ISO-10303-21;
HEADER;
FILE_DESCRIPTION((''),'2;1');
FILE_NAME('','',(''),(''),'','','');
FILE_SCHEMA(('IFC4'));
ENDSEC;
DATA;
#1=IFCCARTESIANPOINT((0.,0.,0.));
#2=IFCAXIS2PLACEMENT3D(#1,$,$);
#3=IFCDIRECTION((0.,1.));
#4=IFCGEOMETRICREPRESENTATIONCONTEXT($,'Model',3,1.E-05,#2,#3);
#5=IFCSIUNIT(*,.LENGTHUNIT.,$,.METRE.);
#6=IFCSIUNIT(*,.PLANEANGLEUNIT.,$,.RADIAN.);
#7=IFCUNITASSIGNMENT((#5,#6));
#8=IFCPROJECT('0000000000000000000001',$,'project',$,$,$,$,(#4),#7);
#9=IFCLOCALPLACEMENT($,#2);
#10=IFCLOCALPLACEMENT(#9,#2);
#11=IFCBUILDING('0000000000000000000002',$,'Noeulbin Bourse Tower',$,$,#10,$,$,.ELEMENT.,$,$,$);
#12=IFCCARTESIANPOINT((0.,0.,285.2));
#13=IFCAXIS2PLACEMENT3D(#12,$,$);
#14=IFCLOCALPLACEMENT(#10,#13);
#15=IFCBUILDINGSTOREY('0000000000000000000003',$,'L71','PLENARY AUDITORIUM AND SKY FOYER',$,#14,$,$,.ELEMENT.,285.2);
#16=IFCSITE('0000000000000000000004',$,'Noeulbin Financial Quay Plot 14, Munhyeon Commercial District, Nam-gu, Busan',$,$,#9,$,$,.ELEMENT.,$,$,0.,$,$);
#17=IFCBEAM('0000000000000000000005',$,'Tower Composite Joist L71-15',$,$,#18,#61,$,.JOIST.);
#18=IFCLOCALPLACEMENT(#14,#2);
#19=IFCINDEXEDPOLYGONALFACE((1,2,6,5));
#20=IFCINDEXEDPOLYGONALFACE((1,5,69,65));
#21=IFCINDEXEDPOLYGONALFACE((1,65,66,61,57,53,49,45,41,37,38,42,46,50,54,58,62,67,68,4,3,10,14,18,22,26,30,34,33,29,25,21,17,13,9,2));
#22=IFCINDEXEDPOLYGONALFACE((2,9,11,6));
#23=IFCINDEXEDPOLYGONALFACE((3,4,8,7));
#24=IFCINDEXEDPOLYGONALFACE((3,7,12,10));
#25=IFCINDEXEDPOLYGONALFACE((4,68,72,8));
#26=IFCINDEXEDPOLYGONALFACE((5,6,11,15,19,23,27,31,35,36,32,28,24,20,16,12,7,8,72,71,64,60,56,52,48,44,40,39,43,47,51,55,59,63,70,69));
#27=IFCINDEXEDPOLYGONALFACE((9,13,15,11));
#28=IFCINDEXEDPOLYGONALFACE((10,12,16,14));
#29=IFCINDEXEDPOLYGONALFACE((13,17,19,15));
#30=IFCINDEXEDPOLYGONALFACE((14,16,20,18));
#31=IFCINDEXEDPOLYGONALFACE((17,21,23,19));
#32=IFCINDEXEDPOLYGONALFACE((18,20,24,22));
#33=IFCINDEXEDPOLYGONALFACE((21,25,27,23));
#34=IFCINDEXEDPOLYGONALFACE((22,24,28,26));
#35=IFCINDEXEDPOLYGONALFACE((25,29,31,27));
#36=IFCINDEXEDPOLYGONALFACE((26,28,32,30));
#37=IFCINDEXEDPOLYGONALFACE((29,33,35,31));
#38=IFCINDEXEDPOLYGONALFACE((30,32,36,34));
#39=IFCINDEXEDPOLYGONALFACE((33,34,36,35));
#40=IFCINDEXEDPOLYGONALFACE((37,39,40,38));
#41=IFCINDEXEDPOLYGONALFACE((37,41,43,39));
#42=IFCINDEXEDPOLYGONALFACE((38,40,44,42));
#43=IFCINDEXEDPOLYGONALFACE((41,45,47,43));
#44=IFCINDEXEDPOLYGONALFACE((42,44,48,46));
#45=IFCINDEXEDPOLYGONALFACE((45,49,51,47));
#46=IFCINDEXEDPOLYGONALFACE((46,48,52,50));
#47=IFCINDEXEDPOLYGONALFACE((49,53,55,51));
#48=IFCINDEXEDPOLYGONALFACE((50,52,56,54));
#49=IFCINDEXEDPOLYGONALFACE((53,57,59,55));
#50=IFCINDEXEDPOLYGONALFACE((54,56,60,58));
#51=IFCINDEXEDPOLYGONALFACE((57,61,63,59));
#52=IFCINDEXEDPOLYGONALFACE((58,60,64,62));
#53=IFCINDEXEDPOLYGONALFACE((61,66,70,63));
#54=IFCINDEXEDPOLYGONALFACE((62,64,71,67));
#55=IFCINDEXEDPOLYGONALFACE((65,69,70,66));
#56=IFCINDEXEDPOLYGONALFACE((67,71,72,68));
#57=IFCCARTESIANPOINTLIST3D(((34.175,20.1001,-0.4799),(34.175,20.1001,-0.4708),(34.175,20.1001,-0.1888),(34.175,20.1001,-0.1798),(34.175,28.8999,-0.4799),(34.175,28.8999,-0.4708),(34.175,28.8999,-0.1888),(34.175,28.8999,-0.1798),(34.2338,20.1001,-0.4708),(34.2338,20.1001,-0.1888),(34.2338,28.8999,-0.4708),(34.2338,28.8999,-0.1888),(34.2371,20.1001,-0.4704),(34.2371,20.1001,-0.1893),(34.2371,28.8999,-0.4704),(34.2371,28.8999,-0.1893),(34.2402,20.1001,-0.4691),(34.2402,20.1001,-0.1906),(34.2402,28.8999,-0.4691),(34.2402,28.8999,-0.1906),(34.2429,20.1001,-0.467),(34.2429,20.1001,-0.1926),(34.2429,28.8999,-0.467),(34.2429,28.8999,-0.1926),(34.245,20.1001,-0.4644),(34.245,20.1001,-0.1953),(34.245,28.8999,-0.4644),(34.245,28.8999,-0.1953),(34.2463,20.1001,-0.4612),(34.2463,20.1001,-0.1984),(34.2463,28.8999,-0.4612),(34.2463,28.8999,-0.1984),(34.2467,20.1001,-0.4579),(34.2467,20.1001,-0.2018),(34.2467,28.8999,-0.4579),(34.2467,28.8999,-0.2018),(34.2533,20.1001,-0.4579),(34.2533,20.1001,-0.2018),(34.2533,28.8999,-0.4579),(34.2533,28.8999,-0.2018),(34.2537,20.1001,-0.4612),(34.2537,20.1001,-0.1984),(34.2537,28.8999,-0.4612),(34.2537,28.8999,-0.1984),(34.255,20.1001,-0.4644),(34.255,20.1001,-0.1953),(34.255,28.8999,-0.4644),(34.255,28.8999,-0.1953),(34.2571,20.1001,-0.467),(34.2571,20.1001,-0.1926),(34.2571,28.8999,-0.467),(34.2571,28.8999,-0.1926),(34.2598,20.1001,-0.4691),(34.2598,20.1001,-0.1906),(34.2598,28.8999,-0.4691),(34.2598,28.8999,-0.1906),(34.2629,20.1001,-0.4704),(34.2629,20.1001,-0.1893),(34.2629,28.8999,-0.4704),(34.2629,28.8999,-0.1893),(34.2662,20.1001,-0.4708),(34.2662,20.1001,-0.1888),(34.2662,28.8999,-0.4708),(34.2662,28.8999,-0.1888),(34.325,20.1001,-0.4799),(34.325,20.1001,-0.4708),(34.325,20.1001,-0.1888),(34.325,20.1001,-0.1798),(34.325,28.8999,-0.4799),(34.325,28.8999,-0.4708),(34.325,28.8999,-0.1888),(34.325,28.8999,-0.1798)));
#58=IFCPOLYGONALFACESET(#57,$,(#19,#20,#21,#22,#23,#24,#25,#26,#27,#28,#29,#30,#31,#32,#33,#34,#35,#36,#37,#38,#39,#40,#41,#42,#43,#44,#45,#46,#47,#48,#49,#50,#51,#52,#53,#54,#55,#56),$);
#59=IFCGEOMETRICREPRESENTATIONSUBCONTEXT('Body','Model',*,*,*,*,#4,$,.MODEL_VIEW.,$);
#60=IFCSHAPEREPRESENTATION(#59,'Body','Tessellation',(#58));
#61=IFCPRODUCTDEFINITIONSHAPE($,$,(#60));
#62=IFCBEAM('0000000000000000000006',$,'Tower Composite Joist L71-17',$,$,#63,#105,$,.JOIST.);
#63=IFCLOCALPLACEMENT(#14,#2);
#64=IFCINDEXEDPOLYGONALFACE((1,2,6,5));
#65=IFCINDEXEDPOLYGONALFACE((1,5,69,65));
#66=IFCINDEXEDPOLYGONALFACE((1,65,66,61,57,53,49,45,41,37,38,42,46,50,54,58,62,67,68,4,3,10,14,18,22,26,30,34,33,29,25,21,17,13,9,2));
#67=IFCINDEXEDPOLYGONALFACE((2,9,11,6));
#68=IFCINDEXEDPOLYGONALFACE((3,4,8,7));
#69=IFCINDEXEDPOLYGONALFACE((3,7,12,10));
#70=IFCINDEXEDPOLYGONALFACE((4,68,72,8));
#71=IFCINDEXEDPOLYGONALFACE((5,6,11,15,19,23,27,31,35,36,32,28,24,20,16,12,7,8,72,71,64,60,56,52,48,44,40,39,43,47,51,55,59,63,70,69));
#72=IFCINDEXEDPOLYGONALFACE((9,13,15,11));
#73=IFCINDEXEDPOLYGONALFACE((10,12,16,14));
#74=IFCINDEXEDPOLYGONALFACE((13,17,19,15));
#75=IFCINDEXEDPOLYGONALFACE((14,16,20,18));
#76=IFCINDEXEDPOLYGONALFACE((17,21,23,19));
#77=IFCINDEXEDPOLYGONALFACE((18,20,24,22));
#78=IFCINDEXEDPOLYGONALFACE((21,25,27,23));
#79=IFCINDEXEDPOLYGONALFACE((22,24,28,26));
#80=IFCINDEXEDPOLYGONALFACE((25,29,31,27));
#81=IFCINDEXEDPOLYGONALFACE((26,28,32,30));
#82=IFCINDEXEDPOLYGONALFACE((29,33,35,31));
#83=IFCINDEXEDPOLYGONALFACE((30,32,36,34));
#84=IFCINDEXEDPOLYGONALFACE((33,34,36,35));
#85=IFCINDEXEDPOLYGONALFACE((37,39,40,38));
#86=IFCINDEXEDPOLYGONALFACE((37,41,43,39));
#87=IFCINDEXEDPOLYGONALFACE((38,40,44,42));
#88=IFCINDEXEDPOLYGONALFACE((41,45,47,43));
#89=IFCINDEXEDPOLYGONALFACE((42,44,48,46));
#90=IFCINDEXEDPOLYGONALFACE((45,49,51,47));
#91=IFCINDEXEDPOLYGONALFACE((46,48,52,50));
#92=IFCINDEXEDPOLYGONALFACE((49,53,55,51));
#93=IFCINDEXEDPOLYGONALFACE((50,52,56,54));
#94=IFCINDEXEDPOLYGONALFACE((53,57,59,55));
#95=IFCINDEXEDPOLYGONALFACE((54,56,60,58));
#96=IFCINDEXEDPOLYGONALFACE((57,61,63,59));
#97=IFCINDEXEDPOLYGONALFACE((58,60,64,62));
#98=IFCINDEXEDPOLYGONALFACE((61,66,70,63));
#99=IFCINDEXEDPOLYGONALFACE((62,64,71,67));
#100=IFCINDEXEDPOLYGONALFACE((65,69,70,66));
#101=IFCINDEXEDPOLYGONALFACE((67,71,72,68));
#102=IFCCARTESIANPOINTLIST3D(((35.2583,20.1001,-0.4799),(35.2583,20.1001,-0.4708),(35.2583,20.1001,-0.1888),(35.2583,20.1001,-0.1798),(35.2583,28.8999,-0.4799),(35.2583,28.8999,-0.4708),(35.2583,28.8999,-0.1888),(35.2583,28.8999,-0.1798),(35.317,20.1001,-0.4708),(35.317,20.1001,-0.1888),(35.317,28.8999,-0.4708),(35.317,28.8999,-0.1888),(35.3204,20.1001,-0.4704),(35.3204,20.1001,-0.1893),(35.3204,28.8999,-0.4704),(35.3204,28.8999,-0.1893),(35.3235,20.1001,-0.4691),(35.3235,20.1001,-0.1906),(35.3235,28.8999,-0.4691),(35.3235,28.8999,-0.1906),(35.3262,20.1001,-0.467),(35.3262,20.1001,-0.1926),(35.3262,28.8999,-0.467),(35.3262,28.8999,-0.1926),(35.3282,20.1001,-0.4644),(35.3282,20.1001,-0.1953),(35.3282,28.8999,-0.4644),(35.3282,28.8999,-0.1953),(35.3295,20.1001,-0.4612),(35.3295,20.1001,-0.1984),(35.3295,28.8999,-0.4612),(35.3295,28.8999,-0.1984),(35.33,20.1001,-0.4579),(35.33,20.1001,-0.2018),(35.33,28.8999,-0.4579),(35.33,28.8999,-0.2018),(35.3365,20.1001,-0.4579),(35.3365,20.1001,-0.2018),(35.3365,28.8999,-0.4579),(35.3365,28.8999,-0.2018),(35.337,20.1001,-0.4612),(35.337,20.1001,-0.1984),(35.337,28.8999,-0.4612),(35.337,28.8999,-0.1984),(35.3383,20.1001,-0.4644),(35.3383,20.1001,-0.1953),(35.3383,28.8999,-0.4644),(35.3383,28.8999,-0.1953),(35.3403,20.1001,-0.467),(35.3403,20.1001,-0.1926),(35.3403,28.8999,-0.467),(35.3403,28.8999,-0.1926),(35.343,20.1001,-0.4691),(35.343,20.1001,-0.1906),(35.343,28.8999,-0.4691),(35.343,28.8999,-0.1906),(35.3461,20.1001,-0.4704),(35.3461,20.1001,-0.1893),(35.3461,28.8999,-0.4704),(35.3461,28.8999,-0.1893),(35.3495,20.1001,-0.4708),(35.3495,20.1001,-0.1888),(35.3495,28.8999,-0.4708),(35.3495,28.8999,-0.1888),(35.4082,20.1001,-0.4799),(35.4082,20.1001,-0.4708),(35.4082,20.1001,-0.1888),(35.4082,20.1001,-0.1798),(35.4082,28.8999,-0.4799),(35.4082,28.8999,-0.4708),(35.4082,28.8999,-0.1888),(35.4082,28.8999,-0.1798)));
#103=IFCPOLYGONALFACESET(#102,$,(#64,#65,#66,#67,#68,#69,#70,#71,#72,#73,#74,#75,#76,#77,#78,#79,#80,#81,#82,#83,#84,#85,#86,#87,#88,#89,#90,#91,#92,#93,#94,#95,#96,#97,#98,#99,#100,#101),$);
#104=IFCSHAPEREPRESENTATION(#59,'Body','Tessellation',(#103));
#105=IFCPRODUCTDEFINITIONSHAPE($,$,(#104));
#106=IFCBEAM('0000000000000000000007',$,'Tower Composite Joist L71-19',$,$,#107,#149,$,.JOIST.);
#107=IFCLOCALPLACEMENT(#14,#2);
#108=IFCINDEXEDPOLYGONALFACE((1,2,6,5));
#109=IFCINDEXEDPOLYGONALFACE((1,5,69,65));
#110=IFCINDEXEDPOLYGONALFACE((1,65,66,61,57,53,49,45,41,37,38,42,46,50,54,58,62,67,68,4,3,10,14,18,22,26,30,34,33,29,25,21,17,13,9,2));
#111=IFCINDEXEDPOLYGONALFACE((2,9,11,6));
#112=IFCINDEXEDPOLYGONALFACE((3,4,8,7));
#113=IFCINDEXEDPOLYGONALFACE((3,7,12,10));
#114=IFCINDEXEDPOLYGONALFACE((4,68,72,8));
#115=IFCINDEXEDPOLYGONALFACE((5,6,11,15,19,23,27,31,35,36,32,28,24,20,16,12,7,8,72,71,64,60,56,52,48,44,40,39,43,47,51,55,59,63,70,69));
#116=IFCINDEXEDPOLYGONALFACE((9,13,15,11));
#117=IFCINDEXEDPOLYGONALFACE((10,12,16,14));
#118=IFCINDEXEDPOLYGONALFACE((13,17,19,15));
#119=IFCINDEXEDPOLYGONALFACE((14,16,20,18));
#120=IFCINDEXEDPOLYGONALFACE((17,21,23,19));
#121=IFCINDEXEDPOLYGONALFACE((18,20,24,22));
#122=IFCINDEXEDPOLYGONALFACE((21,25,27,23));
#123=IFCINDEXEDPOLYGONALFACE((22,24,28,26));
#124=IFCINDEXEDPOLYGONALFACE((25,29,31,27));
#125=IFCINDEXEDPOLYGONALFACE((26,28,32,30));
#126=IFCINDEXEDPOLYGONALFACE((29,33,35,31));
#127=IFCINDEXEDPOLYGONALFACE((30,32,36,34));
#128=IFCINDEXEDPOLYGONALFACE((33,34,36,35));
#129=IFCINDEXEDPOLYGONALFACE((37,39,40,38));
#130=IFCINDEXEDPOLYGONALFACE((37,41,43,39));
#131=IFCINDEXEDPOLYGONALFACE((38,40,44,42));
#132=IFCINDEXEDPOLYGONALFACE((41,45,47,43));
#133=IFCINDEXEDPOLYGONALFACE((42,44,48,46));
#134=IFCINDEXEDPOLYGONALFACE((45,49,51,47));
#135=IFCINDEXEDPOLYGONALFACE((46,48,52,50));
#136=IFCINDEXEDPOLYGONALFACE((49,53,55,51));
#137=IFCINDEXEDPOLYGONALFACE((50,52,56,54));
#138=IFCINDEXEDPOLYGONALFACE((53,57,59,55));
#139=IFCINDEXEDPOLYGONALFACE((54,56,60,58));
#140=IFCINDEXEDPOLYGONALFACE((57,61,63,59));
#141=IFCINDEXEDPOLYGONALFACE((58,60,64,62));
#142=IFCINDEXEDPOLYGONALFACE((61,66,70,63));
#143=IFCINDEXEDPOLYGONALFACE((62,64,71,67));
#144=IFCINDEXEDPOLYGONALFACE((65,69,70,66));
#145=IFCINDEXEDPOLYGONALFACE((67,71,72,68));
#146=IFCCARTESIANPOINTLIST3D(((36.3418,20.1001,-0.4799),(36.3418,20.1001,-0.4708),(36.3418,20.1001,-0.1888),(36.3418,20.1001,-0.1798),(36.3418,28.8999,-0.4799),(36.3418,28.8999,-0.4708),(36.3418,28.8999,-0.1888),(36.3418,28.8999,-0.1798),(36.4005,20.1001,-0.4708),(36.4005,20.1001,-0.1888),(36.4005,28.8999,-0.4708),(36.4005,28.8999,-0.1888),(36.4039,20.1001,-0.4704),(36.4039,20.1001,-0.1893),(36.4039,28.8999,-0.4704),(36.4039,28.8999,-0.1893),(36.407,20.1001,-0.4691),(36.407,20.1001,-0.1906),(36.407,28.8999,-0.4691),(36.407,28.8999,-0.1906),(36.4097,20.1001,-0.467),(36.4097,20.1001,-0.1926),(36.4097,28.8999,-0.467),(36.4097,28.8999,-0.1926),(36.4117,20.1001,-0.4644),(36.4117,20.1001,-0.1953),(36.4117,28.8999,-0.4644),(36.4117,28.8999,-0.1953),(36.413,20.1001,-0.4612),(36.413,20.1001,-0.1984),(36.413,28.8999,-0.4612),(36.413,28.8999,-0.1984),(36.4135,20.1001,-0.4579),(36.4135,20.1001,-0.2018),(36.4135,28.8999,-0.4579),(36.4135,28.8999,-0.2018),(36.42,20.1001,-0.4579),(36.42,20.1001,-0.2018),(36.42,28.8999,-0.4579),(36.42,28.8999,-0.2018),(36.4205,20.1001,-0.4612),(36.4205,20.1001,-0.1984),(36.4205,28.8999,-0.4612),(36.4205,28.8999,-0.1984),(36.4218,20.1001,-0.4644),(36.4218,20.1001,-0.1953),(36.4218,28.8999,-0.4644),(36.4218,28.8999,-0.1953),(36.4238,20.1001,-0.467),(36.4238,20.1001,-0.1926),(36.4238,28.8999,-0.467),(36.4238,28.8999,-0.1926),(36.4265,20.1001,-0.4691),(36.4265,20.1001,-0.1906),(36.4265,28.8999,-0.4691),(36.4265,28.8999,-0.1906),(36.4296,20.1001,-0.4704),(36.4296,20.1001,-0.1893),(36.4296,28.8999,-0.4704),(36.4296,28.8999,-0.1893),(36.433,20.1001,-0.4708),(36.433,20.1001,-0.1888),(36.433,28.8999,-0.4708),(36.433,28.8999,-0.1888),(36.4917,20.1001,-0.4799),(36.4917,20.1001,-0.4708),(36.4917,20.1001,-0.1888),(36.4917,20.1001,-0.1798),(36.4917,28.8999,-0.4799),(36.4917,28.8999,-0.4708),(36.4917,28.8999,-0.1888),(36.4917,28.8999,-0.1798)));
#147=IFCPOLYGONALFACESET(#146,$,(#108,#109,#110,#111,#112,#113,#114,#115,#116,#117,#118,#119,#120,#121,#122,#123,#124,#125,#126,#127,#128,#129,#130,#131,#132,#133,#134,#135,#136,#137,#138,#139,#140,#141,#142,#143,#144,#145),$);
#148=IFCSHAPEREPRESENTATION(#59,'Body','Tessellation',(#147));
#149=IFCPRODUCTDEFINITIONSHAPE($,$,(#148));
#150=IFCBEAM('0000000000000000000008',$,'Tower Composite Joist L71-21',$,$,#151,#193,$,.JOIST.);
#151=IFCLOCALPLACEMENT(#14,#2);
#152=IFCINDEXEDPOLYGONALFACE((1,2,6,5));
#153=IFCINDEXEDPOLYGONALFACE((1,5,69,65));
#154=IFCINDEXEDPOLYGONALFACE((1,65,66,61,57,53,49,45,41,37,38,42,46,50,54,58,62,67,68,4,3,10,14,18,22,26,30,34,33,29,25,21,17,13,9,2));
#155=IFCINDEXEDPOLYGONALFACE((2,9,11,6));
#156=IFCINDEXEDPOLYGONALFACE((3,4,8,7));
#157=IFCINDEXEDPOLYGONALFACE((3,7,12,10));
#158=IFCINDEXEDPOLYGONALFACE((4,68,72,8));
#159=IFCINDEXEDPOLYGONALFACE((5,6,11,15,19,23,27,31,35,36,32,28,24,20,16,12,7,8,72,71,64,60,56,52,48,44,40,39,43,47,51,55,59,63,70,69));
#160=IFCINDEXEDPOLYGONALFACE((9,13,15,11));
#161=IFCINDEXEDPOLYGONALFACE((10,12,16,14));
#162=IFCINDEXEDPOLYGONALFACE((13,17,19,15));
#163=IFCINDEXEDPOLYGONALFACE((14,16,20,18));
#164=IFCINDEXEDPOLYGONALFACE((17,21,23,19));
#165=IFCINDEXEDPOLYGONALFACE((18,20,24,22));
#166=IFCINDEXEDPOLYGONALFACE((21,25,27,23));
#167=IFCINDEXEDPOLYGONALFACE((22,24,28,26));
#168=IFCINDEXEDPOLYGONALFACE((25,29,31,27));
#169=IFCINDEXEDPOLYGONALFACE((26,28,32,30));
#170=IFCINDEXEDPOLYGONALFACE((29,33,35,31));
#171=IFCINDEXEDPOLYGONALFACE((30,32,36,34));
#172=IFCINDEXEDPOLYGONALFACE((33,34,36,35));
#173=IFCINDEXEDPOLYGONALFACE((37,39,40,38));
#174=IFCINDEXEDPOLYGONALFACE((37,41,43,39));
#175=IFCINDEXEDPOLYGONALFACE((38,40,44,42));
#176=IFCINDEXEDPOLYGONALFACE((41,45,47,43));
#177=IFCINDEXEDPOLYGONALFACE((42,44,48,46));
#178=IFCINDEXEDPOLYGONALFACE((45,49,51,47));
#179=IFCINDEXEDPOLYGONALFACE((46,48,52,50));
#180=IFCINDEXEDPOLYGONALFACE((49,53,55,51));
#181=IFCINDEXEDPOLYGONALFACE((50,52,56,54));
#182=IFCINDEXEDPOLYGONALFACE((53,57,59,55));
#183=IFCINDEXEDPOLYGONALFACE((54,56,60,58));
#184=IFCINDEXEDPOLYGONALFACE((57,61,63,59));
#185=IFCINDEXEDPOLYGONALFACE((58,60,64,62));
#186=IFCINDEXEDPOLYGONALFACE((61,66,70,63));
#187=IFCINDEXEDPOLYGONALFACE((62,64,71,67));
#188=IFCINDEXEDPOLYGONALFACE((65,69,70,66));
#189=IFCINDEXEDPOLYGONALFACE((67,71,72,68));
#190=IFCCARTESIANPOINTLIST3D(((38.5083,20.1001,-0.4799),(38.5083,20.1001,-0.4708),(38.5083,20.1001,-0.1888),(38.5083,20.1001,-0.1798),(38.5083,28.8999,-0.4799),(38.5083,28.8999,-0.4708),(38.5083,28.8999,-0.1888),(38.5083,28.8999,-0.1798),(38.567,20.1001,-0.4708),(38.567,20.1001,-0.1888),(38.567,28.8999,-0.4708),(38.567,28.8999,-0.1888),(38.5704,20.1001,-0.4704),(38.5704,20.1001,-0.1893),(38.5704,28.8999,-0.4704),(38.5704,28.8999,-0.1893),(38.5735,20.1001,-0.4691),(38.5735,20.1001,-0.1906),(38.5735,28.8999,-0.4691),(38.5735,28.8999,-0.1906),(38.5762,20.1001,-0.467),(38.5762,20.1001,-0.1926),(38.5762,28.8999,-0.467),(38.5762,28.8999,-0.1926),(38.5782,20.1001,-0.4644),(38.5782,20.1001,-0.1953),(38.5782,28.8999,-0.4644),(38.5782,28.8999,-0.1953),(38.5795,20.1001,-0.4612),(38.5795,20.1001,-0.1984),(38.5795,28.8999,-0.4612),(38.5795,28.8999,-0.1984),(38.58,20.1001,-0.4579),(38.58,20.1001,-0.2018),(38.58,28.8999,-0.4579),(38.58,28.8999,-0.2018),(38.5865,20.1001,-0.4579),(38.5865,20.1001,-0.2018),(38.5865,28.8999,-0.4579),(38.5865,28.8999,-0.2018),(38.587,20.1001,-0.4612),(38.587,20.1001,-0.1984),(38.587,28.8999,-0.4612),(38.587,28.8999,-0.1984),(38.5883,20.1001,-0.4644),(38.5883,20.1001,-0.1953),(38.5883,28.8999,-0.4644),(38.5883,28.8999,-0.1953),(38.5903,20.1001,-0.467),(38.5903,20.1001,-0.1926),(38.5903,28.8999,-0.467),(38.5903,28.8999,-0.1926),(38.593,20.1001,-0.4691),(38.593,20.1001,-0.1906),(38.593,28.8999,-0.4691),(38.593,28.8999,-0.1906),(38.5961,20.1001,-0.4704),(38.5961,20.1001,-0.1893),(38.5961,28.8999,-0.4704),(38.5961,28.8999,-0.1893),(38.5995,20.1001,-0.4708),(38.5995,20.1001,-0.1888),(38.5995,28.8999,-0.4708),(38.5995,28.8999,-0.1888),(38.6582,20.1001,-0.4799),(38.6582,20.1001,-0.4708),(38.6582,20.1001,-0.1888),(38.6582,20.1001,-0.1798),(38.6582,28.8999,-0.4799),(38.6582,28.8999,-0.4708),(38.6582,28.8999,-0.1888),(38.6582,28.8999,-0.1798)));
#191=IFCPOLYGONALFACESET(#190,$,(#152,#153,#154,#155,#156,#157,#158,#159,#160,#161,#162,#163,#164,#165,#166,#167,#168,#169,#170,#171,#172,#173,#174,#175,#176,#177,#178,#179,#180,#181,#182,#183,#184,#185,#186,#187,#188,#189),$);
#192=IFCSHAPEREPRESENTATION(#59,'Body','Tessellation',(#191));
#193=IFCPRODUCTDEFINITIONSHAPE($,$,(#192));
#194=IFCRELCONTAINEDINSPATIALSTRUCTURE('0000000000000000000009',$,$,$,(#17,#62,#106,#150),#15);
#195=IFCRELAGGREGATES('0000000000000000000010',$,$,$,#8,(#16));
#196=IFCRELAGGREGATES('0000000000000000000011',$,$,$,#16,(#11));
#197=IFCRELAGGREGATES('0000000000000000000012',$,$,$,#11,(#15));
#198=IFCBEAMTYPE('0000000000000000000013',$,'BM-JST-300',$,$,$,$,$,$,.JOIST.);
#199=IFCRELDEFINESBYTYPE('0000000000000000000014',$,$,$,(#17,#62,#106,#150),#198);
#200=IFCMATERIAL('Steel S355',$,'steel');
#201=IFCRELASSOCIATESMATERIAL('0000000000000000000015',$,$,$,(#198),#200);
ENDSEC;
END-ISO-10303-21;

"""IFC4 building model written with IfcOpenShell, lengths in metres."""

from ifc_helpers import new_model, si_unit, direction, frame, origin, origin_2d, place, context, subcontext, project, spatial, i_section, extrude, material, material_profile, profile_set, type_object, element, save


model = new_model("IFC4")

# Units and contexts
model_context = context("Model", 3, precision=1e-05, world=origin(), true_north=direction((0.0, 1.0)))
body_context = subcontext(model_context, "Body", "Model", "MODEL_VIEW")
ifc_project = project(units=[si_unit("LENGTHUNIT", "METRE"), si_unit("PLANEANGLEUNIT", "RADIAN")], contexts=[model_context])

# Site, building, storey
site_placement = place(None, origin())
site = spatial("IfcSite", under=ifc_project, at=site_placement, Name="Noeulbin Financial Quay Plot 14, Munhyeon Commercial District, Nam-gu, Busan", CompositionType="ELEMENT", RefElevation=0.0)
building_placement = place(site_placement, origin())
building = spatial("IfcBuilding", under=site, at=building_placement, Name="Noeulbin Bourse Tower", CompositionType="ELEMENT")
storey_placement = place(building_placement, frame((0.0, 0.0, 285.2)))
storey = spatial("IfcBuildingStorey", under=building, at=storey_placement, Name="L71", Description="PLENARY AUDITORIUM AND SKY FOYER", CompositionType="ELEMENT", Elevation=285.2)

# Shared definitions
ifc_material_1 = material(Name="Steel S355", Category="steel")

# Beams
ifc_material_profile_1 = material_profile(ifc_material_1, i_section(OverallWidth=0.1499, OverallDepth=0.3, WebThickness=0.0066, FlangeThickness=0.009, FilletRadius=0.0129, at=origin_2d()), Name="H-300x150x6.5x9", Category="LoadBearing")
ifc_profile_set_1 = profile_set([ifc_material_profile_1], Name="Steel S355")
beam_type_1 = type_object("IfcBeamType", Name="BM-JST-300", PredefinedType="JOIST", material=ifc_profile_set_1)
for number, where, z_axis, x_axis, name in (
    (1, (34.25, 20.1001, -0.3298), (0.0, 1.0, 0.0), (-1.0, 0.0, 0.0), "Tower Composite Joist L71-15"),
    (2, (35.3333, 20.1001, -0.3298), (0.0, 1.0, 0.0), (-1.0, 0.0, 0.0), "Tower Composite Joist L71-17"),
    (3, (36.4167, 20.1001, -0.3298), (0.0, 1.0, 0.0), (-1.0, 0.0, 0.0), "Tower Composite Joist L71-19"),
    (4, (38.5833, 20.1001, -0.3298), (0.0, 1.0, 0.0), (-1.0, 0.0, 0.0), "Tower Composite Joist L71-21"),
):
    element("IfcBeam", number, at=place(storey_placement, frame(where, z_axis=z_axis, x_axis=x_axis)), inside=storey, type_object=beam_type_1, Name=name, PredefinedType="JOIST", context=body_context, shape_type="SweptSolid", body=[
        extrude(i_section(OverallWidth=0.1499, OverallDepth=0.3, WebThickness=0.0066, FlangeThickness=0.009, FilletRadius=0.0129, at=origin_2d()), origin(), (0.0, 0.0, 1.0), 8.7998),
    ])

save(model, "model.ifc")
